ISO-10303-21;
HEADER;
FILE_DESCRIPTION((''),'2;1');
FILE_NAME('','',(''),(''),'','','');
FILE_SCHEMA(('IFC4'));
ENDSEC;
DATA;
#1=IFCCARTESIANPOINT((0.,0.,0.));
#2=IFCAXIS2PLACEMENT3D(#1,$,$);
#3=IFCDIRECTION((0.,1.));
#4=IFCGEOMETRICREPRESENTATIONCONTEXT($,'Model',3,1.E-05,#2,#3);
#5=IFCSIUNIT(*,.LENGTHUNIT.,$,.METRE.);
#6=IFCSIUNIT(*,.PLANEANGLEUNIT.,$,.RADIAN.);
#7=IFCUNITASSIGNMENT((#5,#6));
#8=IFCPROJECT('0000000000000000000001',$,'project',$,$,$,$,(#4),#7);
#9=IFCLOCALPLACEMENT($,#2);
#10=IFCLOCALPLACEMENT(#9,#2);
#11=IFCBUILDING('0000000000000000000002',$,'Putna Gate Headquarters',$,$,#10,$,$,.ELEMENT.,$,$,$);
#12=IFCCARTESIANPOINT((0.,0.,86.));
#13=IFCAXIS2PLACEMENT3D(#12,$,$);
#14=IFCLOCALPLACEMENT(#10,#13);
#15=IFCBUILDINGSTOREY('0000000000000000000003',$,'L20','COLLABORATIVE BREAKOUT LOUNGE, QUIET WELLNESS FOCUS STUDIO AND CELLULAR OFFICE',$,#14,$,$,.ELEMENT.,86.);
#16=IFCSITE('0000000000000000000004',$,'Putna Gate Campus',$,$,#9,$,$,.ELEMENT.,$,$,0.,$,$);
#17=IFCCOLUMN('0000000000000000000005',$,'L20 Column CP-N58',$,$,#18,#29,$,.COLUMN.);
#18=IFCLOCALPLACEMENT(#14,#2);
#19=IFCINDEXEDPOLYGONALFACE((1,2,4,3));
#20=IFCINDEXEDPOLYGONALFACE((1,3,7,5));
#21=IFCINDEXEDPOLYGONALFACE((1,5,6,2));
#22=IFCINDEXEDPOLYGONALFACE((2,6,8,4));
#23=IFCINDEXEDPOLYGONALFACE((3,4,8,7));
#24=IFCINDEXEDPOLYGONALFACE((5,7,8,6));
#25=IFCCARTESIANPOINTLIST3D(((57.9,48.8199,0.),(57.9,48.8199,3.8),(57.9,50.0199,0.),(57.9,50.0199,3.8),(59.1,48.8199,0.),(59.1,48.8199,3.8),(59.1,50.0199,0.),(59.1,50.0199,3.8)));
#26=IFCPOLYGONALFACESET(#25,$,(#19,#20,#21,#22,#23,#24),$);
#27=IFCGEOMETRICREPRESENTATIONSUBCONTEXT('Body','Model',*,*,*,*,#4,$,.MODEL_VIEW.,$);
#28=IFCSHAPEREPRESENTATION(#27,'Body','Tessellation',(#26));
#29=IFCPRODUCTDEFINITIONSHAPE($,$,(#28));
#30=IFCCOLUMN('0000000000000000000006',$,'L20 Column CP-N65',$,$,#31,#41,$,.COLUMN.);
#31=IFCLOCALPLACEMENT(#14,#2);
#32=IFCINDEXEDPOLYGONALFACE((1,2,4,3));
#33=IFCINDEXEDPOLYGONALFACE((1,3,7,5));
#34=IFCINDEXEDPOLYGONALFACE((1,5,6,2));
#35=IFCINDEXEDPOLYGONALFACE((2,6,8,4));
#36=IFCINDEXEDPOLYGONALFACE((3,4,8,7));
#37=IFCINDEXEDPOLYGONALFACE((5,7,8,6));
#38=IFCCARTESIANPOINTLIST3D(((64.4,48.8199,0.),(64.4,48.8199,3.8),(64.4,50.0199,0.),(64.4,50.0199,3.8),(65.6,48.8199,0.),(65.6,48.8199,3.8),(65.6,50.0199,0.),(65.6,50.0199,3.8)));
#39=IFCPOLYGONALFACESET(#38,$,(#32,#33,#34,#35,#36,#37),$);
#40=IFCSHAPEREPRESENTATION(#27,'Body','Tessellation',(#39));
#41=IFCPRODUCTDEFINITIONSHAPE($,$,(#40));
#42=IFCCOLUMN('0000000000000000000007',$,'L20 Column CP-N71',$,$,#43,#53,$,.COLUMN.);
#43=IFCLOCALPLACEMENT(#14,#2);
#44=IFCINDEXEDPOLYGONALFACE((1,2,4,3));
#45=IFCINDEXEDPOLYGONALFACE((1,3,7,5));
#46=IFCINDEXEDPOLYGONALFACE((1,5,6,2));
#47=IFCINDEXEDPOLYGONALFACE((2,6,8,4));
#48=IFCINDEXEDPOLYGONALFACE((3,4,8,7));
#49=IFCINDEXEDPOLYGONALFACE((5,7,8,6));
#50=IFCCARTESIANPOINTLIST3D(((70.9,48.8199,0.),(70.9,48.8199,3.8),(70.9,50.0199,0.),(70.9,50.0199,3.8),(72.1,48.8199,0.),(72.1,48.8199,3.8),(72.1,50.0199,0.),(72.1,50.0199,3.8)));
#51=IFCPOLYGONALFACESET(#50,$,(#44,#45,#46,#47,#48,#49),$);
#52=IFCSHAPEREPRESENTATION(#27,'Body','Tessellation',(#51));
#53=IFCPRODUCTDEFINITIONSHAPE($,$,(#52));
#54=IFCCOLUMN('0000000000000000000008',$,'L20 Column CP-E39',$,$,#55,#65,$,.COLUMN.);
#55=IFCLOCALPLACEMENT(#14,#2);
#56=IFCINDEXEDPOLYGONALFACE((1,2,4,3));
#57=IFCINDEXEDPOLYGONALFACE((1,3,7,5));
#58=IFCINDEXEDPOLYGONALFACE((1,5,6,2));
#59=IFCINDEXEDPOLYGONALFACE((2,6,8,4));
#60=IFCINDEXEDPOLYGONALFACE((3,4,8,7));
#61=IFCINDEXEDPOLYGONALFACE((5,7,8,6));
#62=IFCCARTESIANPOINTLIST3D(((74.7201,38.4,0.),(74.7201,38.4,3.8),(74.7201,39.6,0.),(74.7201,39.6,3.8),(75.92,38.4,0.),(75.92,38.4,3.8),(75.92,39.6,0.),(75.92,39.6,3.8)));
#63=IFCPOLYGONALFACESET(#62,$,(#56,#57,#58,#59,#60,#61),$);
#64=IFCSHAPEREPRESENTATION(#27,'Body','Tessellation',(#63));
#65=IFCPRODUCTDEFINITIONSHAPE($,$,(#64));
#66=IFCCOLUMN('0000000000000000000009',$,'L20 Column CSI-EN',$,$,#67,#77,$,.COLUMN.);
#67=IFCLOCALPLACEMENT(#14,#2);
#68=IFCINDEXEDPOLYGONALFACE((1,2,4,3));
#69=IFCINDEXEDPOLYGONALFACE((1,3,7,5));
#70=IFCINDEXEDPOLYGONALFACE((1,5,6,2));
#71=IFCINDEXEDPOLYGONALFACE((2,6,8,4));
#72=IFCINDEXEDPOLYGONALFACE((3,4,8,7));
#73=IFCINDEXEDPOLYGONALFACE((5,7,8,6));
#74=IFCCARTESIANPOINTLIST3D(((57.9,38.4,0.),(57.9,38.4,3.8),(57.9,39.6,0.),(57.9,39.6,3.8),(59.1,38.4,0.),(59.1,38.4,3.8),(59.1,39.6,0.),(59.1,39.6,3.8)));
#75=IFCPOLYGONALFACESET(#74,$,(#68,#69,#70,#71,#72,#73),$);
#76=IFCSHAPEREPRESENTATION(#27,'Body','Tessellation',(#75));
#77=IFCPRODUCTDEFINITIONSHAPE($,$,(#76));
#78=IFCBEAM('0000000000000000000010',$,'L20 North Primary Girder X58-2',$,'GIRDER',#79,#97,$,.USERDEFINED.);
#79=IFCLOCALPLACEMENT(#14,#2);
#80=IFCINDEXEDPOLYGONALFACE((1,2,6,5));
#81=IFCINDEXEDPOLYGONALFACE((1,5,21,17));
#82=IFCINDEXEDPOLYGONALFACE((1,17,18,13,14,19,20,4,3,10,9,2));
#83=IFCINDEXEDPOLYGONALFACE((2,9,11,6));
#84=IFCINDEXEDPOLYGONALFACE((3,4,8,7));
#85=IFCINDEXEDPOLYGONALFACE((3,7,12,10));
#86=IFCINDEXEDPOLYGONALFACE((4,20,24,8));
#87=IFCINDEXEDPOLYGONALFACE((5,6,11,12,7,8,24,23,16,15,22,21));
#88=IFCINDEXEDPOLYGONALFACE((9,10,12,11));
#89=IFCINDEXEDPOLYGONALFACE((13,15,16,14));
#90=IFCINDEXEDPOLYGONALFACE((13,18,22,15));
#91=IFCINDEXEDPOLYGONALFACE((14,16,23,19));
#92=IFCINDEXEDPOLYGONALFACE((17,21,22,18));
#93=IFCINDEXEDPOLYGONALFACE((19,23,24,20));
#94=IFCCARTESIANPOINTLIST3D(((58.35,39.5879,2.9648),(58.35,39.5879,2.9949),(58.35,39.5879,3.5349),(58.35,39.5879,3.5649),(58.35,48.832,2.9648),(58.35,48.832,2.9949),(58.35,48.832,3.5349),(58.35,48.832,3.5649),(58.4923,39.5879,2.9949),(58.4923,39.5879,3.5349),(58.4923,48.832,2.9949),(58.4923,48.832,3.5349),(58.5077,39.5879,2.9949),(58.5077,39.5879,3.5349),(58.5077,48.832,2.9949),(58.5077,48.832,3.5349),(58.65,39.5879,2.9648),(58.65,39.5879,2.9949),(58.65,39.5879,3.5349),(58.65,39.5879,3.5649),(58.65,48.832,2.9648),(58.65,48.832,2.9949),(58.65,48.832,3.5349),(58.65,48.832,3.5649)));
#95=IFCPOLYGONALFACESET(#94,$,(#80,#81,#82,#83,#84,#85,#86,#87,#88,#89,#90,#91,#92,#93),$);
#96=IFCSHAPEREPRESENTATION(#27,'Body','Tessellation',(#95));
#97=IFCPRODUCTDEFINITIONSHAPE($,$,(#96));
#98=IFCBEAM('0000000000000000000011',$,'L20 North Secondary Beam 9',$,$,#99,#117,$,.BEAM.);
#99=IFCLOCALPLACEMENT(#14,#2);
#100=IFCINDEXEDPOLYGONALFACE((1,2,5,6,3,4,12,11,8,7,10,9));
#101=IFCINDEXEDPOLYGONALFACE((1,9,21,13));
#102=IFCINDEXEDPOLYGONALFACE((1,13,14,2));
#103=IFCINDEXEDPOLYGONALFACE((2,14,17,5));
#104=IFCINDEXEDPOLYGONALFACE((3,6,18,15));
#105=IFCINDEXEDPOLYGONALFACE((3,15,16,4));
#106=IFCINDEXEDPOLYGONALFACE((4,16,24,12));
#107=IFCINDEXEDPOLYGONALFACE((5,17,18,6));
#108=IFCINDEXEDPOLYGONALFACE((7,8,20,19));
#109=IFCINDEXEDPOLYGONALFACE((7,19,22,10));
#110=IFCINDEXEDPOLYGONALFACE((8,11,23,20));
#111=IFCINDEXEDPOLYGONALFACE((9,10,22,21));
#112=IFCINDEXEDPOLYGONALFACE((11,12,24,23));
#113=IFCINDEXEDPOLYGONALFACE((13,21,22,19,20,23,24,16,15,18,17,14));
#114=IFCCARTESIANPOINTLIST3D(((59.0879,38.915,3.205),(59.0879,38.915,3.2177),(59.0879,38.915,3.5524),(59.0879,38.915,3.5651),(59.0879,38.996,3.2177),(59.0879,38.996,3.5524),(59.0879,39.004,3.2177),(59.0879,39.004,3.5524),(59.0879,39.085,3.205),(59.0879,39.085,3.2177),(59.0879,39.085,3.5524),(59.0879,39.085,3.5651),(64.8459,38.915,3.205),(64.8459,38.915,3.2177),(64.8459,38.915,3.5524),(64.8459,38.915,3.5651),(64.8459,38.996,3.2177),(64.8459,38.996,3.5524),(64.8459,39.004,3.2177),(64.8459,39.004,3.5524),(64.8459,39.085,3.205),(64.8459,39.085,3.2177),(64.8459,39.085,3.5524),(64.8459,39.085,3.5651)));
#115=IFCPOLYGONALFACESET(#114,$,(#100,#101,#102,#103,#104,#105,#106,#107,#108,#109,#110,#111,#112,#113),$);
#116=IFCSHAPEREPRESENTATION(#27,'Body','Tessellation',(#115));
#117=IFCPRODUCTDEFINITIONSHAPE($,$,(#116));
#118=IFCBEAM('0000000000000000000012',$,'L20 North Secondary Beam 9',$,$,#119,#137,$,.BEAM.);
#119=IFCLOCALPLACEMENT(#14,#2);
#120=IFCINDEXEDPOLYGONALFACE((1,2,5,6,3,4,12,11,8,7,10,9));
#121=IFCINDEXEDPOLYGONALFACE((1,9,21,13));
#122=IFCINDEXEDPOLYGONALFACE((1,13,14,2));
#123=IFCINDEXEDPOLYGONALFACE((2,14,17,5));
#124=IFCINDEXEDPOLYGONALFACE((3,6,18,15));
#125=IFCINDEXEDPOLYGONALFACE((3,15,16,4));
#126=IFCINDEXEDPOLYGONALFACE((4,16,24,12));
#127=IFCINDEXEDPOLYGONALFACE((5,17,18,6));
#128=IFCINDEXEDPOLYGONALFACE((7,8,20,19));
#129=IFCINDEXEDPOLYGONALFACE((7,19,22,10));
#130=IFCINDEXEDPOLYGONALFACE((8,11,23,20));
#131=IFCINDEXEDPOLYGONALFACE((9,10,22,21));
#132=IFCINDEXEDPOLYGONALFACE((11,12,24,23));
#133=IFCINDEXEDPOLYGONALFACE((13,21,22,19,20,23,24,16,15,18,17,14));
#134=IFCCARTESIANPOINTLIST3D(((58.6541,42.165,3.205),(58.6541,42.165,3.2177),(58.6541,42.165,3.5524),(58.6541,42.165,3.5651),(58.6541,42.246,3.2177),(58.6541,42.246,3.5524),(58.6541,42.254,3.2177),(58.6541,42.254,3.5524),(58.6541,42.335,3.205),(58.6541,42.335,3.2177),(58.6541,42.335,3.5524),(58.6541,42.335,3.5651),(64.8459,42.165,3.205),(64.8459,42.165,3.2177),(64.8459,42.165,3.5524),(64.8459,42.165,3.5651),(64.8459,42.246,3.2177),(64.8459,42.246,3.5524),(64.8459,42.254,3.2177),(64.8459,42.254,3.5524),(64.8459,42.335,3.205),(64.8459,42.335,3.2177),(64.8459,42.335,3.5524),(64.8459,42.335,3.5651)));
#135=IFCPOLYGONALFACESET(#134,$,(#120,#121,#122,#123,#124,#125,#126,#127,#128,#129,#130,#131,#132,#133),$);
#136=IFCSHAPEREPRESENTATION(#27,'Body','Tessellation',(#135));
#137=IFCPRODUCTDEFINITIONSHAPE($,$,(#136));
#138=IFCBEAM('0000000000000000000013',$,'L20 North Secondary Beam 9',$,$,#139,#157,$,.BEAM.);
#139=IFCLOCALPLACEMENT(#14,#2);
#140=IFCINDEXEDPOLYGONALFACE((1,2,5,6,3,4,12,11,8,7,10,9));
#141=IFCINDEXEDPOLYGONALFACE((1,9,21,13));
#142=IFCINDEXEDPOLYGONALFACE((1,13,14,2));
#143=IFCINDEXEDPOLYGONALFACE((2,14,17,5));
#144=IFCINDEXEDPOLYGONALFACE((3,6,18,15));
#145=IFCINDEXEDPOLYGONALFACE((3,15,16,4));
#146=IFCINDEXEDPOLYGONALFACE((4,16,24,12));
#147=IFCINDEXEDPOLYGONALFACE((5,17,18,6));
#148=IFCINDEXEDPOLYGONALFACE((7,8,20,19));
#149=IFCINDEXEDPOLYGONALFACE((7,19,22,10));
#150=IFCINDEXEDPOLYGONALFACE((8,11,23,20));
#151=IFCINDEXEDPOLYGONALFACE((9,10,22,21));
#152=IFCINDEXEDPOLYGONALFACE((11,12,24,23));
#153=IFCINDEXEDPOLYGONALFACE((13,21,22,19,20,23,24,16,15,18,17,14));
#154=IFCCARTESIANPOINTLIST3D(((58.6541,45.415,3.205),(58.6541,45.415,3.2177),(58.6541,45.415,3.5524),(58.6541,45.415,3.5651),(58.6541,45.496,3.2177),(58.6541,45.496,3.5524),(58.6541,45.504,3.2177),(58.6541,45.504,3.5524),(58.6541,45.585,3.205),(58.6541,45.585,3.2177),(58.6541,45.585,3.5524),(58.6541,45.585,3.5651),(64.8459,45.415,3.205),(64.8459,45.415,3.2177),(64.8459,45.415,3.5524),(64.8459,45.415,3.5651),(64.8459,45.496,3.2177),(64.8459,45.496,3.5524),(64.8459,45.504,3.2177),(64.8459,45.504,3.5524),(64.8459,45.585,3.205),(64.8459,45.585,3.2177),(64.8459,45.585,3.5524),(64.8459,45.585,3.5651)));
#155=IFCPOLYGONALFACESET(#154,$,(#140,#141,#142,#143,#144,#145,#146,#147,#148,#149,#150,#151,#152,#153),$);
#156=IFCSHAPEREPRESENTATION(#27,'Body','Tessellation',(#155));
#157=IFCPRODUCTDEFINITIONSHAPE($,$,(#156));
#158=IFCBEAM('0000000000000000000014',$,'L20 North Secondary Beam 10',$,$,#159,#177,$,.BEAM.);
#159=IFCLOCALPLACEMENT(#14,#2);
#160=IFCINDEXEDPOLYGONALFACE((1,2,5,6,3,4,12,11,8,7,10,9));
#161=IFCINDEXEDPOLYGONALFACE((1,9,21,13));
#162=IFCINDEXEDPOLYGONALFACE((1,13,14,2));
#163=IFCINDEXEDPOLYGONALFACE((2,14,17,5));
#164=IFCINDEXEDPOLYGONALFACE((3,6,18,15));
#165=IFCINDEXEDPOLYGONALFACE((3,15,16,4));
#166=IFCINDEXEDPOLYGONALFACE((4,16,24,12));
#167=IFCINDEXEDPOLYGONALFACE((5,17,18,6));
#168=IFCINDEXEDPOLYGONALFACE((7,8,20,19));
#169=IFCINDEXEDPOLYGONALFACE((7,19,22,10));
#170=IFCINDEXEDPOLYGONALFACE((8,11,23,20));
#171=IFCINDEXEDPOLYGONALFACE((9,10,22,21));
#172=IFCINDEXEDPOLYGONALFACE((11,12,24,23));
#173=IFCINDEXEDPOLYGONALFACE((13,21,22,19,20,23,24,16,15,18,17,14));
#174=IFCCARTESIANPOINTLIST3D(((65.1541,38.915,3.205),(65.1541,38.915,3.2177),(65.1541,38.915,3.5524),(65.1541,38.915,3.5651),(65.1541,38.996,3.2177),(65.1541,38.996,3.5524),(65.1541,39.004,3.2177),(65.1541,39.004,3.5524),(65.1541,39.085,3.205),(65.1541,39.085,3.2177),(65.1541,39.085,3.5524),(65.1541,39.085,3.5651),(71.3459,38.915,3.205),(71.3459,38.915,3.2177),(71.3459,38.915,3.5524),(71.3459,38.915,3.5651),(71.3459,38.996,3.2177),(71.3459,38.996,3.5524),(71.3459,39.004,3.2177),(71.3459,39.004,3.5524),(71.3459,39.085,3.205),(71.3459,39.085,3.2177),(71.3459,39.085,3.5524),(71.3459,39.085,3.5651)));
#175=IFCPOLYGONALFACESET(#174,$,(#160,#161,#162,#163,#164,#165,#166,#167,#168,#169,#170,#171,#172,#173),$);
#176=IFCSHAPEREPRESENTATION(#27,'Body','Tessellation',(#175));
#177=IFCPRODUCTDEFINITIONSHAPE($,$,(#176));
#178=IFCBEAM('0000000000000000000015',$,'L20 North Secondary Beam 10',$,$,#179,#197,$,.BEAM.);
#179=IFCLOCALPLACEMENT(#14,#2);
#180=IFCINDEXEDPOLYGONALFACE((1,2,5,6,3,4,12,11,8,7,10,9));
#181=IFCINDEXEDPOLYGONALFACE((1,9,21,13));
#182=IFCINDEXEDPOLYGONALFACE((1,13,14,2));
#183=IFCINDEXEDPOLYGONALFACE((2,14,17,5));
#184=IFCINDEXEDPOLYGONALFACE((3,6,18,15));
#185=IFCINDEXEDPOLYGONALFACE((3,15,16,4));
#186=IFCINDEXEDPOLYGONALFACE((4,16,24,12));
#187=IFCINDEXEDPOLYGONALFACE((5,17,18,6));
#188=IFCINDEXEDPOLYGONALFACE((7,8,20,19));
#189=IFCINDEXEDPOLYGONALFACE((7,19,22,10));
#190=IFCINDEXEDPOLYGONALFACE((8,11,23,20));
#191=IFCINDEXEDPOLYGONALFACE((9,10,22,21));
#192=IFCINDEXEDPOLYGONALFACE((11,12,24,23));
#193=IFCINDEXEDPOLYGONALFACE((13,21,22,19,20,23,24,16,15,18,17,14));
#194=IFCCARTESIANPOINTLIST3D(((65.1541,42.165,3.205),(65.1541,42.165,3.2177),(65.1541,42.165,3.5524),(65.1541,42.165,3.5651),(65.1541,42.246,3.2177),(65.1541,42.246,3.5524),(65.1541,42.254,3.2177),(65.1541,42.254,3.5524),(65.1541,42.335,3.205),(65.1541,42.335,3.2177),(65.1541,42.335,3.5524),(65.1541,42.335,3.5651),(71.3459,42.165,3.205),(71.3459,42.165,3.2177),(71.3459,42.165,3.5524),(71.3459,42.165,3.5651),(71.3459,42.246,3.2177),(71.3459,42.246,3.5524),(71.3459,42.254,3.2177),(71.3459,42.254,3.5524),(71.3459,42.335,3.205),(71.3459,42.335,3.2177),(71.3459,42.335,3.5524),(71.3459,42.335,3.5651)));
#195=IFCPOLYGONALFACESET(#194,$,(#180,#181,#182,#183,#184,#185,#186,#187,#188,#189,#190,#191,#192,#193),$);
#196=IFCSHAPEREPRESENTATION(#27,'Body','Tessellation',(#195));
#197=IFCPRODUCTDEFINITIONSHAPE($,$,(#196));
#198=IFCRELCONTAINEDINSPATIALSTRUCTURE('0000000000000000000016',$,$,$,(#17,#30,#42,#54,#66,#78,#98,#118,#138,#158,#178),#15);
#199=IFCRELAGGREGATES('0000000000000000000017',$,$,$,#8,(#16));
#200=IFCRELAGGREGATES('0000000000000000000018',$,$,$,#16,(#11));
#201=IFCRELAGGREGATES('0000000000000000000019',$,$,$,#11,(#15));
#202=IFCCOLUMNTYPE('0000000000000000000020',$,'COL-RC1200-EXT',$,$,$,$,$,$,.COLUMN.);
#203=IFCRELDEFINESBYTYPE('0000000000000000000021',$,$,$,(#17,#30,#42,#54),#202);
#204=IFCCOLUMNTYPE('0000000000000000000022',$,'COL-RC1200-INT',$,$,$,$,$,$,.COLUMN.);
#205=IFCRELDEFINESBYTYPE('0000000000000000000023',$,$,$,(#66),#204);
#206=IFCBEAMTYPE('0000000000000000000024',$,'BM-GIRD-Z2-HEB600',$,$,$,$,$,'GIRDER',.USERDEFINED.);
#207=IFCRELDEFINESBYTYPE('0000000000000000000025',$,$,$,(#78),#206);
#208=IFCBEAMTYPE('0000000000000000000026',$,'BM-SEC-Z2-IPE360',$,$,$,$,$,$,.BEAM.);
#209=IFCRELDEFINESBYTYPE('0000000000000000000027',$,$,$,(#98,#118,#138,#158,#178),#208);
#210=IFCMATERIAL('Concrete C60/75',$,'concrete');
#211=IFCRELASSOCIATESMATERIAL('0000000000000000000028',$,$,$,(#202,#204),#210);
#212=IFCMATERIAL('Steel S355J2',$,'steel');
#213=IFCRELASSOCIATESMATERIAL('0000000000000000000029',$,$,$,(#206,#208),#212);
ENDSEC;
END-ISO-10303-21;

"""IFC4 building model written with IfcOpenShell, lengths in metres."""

from ifc_helpers import new_model, si_unit, direction, frame, origin, origin_2d, place, context, subcontext, project, spatial, rectangle, i_section, extrude, material, material_profile, profile_set, type_object, element, save


model = new_model("IFC4")

# Units and contexts
model_context = context("Model", 3, precision=1e-05, world=origin(), true_north=direction((0.0, 1.0)))
body_context = subcontext(model_context, "Body", "Model", "MODEL_VIEW")
ifc_project = project(units=[si_unit("LENGTHUNIT", "METRE"), si_unit("PLANEANGLEUNIT", "RADIAN")], contexts=[model_context])

# Site, building, storey
site_placement = place(None, origin())
site = spatial("IfcSite", under=ifc_project, at=site_placement, Name="Putna Gate Campus", CompositionType="ELEMENT", RefElevation=0.0)
building_placement = place(site_placement, origin())
building = spatial("IfcBuilding", under=site, at=building_placement, Name="Putna Gate Headquarters", CompositionType="ELEMENT")
storey_placement = place(building_placement, frame((0.0, 0.0, 86.0)))
storey = spatial("IfcBuildingStorey", under=building, at=storey_placement, Name="L20", Description="COLLABORATIVE BREAKOUT LOUNGE, QUIET WELLNESS FOCUS STUDIO AND CELLULAR OFFICE", CompositionType="ELEMENT", Elevation=86.0)

# Columns
ifc_material_1 = material(Name="Concrete C60/75", Category="concrete")
ifc_material_profile_1 = material_profile(ifc_material_1, rectangle(XDim=1.2, YDim=1.2, at=origin_2d()), Name="Concrete C60/75")
ifc_profile_set_1 = profile_set([ifc_material_profile_1], Name="Concrete C60/75")
column_type_1 = type_object("IfcColumnType", Name="COL-RC1200-EXT", PredefinedType="COLUMN", material=ifc_profile_set_1)
for number, where, z_axis, x_axis, name in (
    (1, (58.5, 49.4199, 0.0), (0.0, 0.0, 1.0), (1.0, 0.0, 0.0), "L20 Column CP-N58"),
    (2, (65.0, 49.4199, 0.0), (0.0, 0.0, 1.0), (1.0, 0.0, 0.0), "L20 Column CP-N65"),
    (3, (71.5, 49.4199, 0.0), (0.0, 0.0, 1.0), (1.0, 0.0, 0.0), "L20 Column CP-N71"),
    (4, (75.3201, 39.0, 0.0), (0.0, 0.0, 1.0), (1.0, 0.0, 0.0), "L20 Column CP-E39"),
):
    element("IfcColumn", number, at=place(storey_placement, frame(where, z_axis=z_axis, x_axis=x_axis)), inside=storey, type_object=column_type_1, Name=name, PredefinedType="COLUMN", context=body_context, shape_type="SweptSolid", body=[
        extrude(rectangle(XDim=1.2, YDim=1.2, at=origin_2d()), origin(), (0.0, 0.0, 1.0), 3.8),
    ])
ifc_material_profile_2 = material_profile(ifc_material_1, rectangle(XDim=1.2, YDim=1.2, at=origin_2d()), Name="Concrete C60/75")
ifc_profile_set_2 = profile_set([ifc_material_profile_2], Name="Concrete C60/75")
column_type_2 = type_object("IfcColumnType", Name="COL-RC1200-INT", PredefinedType="COLUMN", material=ifc_profile_set_2)
column_placement = place(storey_placement, frame((58.5, 39.0, 0.0), z_axis=(0.0, 0.0, 1.0), x_axis=(1.0, 0.0, 0.0)))
element("IfcColumn", 5, at=column_placement, inside=storey, type_object=column_type_2, Name="L20 Column CSI-EN", PredefinedType="COLUMN", context=body_context, shape_type="SweptSolid", body=[
    extrude(rectangle(XDim=1.2, YDim=1.2, at=origin_2d()), origin(), (0.0, 0.0, 1.0), 3.8),
])

# Beams
ifc_material_2 = material(Name="Steel S355J2", Category="steel")
ifc_material_profile_3 = material_profile(ifc_material_2, i_section(OverallWidth=0.3, OverallDepth=0.6001, WebThickness=0.0154, FlangeThickness=0.03, at=origin_2d()), Name="Steel S355J2")
ifc_profile_set_3 = profile_set([ifc_material_profile_3], Name="Steel S355J2")
beam_type_1 = type_object("IfcBeamType", Name="BM-GIRD-Z2-HEB600", ElementType="GIRDER", PredefinedType="USERDEFINED", material=ifc_profile_set_3)
beam_1_placement = place(storey_placement, frame((58.5, 39.5879, 3.2649), z_axis=(0.0, 1.0, 0.0), x_axis=(-1.0, 0.0, 0.0)))
element("IfcBeam", 6, at=beam_1_placement, inside=storey, type_object=beam_type_1, Name="L20 North Primary Girder X58-2", ObjectType="GIRDER", PredefinedType="USERDEFINED", context=body_context, shape_type="SweptSolid", body=[
    extrude(i_section(OverallWidth=0.3, OverallDepth=0.6001, WebThickness=0.0154, FlangeThickness=0.03, at=origin_2d()), origin(), (0.0, 0.0, 1.0), 9.2441),
])
ifc_material_profile_4 = material_profile(ifc_material_2, i_section(OverallWidth=0.1699, OverallDepth=0.3601, WebThickness=0.0081, FlangeThickness=0.0127, at=origin_2d()), Name="Steel S355J2")
ifc_profile_set_4 = profile_set([ifc_material_profile_4], Name="Steel S355J2")
beam_type_2 = type_object("IfcBeamType", Name="BM-SEC-Z2-IPE360", PredefinedType="BEAM", material=ifc_profile_set_4)
beam_2_placement = place(storey_placement, frame((59.0879, 39.0, 3.385), z_axis=(1.0, 0.0, 0.0), x_axis=(0.0, 1.0, 0.0)))
element("IfcBeam", 7, at=beam_2_placement, inside=storey, type_object=beam_type_2, Name="L20 North Secondary Beam 9", PredefinedType="BEAM", context=body_context, shape_type="SweptSolid", body=[
    extrude(i_section(OverallWidth=0.1699, OverallDepth=0.3601, WebThickness=0.0081, FlangeThickness=0.0127, at=origin_2d()), origin(), (0.0, 0.0, 1.0), 5.7581),
])
for number, where, z_axis, x_axis, name in (
    (8, (58.6541, 42.25, 3.385), (1.0, 0.0, 0.0), (0.0, 1.0, 0.0), "L20 North Secondary Beam 9"),
    (9, (58.6541, 45.5, 3.385), (1.0, 0.0, 0.0), (0.0, 1.0, 0.0), "L20 North Secondary Beam 9"),
    (10, (65.1541, 39.0, 3.385), (1.0, 0.0, 0.0), (0.0, 1.0, 0.0), "L20 North Secondary Beam 10"),
    (11, (65.1541, 42.25, 3.385), (1.0, 0.0, 0.0), (0.0, 1.0, 0.0), "L20 North Secondary Beam 10"),
):
    element("IfcBeam", number, at=place(storey_placement, frame(where, z_axis=z_axis, x_axis=x_axis)), inside=storey, type_object=beam_type_2, Name=name, PredefinedType="BEAM", context=body_context, shape_type="SweptSolid", body=[
        extrude(i_section(OverallWidth=0.1699, OverallDepth=0.3601, WebThickness=0.0081, FlangeThickness=0.0127, at=origin_2d()), origin(), (0.0, 0.0, 1.0), 6.1919),
    ])

save(model, "model.ifc")
